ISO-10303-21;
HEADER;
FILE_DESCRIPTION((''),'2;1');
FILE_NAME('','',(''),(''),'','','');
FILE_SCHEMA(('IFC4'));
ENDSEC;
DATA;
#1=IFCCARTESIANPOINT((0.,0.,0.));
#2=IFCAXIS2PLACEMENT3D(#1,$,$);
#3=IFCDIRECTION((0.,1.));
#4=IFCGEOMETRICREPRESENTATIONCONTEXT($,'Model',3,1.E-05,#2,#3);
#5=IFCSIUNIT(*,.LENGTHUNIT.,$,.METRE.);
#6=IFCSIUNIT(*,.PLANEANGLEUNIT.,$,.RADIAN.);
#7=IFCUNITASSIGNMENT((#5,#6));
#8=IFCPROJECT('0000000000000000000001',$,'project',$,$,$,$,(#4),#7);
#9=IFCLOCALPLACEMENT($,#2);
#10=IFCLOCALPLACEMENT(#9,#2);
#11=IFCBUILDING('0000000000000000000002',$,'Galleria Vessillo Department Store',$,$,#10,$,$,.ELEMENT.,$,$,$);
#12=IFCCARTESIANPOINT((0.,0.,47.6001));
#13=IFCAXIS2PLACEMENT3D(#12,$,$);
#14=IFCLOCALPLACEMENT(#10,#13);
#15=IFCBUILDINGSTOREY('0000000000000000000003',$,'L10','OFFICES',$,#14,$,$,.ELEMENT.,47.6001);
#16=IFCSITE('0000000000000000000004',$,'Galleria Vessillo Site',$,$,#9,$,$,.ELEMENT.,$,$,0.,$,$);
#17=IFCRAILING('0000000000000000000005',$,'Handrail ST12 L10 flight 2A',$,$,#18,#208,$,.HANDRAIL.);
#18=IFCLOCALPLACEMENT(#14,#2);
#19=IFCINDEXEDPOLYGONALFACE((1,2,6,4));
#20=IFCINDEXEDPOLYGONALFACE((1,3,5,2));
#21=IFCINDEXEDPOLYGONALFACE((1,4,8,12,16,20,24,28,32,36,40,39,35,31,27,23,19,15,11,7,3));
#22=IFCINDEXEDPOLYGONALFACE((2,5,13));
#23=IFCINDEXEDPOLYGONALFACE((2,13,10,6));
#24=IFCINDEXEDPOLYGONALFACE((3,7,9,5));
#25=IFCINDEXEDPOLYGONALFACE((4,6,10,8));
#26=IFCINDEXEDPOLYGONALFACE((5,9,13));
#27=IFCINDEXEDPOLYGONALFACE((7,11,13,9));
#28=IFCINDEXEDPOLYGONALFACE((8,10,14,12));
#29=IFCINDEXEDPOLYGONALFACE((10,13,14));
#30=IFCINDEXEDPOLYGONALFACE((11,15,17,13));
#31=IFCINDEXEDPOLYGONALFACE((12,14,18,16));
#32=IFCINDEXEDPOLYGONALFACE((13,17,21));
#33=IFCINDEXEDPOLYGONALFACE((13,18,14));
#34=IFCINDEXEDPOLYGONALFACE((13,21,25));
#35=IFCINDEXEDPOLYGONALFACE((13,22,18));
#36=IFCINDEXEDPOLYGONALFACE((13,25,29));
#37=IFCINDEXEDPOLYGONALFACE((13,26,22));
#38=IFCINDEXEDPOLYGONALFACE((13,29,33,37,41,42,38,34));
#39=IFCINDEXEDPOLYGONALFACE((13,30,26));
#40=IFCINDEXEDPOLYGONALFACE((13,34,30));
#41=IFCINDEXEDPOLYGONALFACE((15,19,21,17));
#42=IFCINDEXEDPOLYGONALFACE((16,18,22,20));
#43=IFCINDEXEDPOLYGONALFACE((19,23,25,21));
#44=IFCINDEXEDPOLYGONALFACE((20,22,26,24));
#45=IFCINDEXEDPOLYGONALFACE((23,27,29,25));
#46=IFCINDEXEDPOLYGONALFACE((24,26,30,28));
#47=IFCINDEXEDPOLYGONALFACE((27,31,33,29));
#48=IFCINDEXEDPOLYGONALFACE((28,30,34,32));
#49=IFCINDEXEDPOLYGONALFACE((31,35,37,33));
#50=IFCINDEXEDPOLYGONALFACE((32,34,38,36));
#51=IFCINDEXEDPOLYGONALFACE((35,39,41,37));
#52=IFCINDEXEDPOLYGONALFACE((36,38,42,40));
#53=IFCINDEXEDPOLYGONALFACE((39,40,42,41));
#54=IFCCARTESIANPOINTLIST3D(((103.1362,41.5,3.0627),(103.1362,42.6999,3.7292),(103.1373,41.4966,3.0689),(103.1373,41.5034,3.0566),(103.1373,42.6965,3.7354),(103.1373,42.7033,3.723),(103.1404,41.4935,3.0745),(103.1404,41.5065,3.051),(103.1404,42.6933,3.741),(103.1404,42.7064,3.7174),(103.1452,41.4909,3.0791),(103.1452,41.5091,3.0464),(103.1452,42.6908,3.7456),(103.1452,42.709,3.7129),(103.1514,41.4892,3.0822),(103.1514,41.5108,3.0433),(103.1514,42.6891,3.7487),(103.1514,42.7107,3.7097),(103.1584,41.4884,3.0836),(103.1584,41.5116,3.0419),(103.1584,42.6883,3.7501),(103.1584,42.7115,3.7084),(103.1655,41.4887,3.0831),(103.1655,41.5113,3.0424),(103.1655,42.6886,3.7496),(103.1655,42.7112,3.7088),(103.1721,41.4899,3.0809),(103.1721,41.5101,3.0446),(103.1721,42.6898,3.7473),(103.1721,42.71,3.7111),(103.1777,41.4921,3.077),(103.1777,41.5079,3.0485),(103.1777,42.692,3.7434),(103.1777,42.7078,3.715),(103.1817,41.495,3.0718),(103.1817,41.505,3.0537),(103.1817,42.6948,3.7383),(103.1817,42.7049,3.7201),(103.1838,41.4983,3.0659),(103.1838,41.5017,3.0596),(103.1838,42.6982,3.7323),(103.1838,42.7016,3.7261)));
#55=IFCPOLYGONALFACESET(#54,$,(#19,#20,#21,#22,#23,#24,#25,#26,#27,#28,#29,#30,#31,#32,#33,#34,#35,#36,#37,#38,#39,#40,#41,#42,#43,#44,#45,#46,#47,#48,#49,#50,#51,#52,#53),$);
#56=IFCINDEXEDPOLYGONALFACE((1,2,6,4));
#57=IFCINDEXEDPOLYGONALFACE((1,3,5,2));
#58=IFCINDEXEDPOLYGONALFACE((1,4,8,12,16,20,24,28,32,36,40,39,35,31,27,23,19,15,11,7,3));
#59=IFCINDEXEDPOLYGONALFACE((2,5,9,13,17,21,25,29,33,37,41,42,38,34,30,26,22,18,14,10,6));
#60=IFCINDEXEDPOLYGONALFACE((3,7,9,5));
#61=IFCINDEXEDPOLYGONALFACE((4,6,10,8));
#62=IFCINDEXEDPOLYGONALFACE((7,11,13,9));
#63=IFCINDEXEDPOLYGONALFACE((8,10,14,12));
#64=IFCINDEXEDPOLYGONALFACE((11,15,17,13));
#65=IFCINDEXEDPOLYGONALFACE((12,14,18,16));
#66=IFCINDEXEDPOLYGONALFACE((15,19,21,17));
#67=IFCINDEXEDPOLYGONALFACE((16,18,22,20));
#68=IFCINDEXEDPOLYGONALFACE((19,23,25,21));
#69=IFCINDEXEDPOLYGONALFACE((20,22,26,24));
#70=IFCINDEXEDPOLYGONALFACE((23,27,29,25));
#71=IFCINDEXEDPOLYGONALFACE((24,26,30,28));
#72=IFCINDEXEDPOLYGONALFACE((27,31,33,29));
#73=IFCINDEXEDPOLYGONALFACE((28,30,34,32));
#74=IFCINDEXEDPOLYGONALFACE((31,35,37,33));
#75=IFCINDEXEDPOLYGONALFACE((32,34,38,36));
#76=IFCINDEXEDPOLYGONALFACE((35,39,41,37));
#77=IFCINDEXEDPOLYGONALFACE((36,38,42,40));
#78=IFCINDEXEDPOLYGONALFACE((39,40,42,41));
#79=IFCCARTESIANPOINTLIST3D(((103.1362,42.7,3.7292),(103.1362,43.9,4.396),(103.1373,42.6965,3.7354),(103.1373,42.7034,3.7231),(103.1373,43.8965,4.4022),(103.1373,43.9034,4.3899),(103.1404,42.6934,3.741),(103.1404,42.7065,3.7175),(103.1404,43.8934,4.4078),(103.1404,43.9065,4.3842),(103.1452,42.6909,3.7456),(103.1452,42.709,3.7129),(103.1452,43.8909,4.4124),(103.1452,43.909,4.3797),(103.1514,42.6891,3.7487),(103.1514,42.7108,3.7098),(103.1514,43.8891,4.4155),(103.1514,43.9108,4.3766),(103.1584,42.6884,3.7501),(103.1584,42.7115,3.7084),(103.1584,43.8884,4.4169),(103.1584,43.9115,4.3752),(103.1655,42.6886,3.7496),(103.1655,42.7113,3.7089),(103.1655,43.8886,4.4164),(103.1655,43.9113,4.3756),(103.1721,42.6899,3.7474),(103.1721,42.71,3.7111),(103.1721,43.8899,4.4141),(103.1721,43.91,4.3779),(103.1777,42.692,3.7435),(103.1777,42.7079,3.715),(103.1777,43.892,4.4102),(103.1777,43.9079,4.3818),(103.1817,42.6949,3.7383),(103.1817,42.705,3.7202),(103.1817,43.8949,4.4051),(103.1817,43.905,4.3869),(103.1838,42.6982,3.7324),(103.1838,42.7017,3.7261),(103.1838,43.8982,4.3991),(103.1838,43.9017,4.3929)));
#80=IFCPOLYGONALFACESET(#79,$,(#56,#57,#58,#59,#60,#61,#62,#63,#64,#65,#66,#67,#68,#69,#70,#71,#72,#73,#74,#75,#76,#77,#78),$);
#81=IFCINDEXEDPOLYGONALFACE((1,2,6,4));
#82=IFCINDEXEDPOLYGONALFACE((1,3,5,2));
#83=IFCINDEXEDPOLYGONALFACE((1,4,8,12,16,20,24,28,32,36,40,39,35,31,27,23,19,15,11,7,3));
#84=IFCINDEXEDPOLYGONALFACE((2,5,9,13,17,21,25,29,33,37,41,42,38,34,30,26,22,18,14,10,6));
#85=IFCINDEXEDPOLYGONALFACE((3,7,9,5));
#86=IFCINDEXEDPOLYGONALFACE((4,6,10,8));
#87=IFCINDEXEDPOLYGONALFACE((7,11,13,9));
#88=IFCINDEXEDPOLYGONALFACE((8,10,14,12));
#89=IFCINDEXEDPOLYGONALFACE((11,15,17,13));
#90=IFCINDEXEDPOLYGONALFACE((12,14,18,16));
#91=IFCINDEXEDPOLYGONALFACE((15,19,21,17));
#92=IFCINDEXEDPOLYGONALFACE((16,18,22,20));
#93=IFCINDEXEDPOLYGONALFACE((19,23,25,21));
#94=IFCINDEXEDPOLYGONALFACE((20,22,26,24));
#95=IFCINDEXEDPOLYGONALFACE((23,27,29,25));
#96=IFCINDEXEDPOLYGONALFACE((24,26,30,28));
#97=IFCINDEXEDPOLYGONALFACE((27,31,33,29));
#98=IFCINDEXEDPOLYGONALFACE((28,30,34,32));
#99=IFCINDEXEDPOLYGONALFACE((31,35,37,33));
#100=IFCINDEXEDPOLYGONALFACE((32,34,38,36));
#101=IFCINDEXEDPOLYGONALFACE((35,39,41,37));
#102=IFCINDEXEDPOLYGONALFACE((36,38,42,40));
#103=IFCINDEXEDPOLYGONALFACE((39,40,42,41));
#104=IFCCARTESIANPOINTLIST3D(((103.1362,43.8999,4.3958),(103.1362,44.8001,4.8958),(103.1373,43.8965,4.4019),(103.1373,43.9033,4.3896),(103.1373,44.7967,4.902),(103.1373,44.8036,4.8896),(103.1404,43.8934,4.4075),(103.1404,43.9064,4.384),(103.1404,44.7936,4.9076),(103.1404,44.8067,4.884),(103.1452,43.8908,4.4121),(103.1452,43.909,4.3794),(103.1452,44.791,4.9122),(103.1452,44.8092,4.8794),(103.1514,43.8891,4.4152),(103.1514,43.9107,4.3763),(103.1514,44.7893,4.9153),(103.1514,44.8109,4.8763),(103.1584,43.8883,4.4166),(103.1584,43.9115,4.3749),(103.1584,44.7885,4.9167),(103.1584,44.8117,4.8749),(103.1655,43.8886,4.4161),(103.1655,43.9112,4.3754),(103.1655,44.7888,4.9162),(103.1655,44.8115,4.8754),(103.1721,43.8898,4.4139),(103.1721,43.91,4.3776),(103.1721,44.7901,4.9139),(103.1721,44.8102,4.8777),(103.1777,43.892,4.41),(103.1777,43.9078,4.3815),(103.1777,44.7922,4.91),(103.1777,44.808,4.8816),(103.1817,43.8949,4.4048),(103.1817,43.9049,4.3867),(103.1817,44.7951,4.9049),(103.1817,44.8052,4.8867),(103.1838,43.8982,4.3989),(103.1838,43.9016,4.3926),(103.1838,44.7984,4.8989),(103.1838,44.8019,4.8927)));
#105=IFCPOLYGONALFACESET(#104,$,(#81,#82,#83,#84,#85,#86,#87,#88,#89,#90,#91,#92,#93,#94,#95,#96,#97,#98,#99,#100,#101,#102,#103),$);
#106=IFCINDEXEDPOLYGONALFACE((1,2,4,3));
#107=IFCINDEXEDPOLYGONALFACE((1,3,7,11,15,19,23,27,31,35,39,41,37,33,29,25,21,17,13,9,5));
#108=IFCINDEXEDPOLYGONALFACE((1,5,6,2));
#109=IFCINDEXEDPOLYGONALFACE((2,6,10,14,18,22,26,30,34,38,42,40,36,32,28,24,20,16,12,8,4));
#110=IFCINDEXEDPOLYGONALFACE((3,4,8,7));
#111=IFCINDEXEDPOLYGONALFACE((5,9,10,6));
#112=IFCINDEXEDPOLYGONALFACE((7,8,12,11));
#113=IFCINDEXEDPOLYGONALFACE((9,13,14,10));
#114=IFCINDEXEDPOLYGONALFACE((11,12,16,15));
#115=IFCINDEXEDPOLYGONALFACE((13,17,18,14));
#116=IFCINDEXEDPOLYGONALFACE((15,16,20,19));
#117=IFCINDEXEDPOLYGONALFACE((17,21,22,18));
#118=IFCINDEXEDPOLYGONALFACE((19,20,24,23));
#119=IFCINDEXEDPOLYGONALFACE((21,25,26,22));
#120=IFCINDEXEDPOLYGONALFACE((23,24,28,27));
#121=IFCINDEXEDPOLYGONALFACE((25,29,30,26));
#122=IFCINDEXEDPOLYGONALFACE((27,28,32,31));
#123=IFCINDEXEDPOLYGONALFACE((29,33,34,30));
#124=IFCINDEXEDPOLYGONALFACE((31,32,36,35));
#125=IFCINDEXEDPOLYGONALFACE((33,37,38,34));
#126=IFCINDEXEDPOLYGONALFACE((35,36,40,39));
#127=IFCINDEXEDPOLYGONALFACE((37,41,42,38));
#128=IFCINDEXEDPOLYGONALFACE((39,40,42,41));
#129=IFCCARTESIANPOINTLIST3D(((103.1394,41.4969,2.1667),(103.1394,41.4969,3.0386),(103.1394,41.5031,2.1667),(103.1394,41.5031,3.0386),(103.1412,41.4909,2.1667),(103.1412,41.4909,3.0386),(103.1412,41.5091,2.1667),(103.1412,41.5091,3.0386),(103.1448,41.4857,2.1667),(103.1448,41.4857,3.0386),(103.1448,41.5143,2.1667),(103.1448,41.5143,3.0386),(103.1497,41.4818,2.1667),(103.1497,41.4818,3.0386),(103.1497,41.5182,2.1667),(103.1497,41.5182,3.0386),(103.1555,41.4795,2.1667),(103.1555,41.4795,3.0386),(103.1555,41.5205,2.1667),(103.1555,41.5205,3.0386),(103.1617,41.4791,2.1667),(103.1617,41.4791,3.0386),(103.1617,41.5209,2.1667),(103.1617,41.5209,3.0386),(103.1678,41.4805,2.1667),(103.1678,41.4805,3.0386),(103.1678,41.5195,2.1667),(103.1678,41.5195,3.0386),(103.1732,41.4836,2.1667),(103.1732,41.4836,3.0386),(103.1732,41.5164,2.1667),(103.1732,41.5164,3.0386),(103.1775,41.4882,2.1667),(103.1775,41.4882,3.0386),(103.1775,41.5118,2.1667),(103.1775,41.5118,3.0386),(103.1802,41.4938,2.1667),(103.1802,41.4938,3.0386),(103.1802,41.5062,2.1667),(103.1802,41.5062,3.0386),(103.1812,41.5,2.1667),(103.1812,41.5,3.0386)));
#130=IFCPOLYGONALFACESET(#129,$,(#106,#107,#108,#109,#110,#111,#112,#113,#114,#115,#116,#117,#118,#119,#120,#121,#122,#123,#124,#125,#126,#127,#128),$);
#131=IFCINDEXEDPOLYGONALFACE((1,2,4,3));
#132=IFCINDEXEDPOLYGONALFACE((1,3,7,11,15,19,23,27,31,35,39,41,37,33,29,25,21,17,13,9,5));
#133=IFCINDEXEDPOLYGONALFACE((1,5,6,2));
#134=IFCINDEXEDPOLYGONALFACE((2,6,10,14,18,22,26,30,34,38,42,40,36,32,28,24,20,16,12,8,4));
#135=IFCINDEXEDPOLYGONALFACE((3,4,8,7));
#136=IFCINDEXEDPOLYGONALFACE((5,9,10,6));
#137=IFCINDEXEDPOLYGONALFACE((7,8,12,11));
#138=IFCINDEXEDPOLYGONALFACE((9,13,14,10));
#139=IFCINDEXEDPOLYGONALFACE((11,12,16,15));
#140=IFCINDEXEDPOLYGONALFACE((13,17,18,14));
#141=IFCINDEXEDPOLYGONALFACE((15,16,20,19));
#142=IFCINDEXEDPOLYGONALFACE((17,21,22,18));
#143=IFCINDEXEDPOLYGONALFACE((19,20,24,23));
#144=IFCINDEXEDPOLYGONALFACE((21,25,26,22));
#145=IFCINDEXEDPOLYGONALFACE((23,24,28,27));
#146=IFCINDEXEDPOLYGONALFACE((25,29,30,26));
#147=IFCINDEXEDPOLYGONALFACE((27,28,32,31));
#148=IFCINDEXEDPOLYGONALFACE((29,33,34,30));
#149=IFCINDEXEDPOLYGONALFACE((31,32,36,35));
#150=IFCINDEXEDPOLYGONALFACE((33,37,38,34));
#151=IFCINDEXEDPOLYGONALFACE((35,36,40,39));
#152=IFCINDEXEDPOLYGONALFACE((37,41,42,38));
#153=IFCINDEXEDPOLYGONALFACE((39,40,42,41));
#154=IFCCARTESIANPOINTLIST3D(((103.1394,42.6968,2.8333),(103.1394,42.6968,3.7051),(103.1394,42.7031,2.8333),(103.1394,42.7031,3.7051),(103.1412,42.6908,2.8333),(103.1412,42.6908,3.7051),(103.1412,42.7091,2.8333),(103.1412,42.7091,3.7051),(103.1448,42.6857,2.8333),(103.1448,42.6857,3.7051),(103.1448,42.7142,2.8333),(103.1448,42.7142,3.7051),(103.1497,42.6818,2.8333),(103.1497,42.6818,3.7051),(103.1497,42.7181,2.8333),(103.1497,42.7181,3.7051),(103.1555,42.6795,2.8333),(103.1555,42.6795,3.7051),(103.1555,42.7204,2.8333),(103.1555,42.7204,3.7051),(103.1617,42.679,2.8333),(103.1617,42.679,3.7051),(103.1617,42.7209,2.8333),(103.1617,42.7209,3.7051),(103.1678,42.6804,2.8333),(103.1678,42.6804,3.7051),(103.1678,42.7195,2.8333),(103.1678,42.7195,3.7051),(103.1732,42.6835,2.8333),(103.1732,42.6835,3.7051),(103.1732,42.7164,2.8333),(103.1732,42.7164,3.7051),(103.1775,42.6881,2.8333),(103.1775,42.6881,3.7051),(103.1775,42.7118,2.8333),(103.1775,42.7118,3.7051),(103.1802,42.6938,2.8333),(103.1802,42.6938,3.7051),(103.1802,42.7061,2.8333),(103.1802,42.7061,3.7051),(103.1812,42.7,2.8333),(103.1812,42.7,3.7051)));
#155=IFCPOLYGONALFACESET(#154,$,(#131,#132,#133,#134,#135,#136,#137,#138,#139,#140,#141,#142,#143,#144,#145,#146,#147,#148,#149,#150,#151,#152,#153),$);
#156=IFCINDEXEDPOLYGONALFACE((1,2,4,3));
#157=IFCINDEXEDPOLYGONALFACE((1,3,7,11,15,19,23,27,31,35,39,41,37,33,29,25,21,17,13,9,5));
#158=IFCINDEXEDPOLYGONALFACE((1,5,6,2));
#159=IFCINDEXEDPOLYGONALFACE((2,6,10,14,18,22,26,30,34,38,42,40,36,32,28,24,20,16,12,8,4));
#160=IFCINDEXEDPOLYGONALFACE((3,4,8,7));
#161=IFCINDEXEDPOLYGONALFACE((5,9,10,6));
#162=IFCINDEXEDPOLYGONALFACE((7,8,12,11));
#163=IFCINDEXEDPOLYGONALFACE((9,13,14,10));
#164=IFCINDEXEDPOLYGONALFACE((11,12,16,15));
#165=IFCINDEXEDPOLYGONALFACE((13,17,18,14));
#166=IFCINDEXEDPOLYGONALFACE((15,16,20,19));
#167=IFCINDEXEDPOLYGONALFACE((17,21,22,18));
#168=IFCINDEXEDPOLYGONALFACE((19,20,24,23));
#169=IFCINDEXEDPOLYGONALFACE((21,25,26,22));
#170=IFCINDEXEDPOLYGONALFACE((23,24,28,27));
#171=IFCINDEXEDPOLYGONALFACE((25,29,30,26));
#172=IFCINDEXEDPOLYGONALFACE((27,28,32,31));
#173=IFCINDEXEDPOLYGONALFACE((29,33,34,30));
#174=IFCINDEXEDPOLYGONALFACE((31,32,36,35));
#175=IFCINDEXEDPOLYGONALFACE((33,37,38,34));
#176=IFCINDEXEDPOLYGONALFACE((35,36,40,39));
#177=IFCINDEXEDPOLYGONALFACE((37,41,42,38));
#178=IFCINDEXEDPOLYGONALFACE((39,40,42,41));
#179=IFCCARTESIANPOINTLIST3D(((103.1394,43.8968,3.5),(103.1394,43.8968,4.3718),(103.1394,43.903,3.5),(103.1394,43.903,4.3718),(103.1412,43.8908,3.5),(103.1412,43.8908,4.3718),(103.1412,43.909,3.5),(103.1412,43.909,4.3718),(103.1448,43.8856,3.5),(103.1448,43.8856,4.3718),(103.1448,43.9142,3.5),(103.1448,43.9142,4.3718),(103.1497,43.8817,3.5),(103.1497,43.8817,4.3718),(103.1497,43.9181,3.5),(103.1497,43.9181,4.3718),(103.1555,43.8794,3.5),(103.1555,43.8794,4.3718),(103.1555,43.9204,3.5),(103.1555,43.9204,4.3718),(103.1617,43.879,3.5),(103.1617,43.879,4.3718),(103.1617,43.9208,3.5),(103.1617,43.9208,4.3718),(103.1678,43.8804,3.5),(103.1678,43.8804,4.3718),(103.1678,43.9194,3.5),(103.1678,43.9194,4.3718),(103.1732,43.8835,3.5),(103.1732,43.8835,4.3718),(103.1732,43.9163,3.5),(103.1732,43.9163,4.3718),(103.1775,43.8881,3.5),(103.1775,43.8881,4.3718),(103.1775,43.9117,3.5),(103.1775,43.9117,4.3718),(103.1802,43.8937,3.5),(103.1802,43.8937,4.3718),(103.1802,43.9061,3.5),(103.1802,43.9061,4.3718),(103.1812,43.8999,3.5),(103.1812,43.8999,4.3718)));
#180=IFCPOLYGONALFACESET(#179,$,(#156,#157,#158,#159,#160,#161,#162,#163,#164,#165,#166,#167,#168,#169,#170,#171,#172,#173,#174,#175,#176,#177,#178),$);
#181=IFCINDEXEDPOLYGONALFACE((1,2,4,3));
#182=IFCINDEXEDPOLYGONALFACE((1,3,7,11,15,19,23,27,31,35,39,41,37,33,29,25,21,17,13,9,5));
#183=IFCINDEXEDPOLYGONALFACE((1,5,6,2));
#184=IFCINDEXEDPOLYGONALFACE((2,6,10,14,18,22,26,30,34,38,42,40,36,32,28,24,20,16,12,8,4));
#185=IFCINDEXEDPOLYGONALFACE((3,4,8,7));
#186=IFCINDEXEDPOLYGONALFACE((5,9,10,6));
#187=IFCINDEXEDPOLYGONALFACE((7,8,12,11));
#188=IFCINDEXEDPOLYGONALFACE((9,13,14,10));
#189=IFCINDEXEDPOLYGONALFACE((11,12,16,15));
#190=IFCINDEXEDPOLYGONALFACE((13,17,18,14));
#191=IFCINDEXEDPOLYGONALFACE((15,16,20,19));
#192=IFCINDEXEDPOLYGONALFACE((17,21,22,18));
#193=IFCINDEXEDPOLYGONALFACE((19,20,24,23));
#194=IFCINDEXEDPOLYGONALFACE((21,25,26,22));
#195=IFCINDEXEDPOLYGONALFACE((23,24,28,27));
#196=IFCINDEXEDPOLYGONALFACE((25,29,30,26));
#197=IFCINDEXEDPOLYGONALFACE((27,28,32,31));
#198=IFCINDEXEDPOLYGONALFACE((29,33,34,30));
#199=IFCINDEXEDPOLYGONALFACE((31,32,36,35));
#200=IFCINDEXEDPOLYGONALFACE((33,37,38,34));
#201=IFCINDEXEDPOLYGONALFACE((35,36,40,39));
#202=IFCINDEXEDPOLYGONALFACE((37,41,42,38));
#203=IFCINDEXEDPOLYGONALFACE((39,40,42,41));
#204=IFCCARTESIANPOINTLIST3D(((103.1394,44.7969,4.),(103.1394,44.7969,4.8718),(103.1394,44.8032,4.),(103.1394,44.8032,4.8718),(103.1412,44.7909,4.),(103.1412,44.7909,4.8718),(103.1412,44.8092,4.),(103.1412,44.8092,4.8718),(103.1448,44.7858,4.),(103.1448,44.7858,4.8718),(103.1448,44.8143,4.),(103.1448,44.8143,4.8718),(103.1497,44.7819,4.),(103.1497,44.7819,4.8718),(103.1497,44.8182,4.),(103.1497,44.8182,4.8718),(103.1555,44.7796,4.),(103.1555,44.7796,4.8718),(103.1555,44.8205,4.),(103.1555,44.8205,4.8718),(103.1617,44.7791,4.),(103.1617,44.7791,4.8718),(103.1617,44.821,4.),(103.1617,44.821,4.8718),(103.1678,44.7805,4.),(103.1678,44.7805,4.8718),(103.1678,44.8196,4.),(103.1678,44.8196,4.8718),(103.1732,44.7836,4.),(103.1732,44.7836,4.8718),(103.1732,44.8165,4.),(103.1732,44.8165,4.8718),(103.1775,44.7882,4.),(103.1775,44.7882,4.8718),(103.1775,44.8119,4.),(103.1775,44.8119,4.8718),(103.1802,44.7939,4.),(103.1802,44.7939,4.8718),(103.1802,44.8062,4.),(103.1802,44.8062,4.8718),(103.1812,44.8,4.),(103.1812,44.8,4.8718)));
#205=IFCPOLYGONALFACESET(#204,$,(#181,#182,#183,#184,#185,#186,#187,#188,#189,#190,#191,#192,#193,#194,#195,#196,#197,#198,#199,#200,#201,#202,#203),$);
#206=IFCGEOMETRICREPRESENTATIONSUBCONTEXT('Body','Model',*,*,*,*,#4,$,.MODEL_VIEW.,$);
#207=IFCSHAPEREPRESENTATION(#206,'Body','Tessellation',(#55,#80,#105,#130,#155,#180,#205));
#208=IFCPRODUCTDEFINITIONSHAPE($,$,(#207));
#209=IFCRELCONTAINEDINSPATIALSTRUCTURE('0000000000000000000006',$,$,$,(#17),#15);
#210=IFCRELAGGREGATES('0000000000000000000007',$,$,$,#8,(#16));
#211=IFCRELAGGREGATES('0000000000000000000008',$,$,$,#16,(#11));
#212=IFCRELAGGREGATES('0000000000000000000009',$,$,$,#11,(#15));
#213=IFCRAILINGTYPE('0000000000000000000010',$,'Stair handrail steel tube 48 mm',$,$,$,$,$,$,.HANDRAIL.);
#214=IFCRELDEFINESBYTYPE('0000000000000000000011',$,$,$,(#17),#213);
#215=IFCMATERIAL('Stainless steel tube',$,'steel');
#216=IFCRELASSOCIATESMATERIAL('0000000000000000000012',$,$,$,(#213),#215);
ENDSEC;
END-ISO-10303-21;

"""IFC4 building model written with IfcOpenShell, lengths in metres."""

from ifc_helpers import new_model, si_unit, direction, frame, origin, origin_2d, place, context, subcontext, project, spatial, circle, extrude, material, type_object, element, save


model = new_model("IFC4")

# Units and contexts
model_context = context("Model", 3, precision=1e-05, world=origin(), true_north=direction((0.0, 1.0)))
body_context = subcontext(model_context, "Body", "Model", "MODEL_VIEW")
ifc_project = project(units=[si_unit("LENGTHUNIT", "METRE"), si_unit("PLANEANGLEUNIT", "RADIAN")], contexts=[model_context])

# Site, building, storey
site_placement = place(None, origin())
site = spatial("IfcSite", under=ifc_project, at=site_placement, Name="Galleria Vessillo Site", CompositionType="ELEMENT", RefElevation=0.0)
building_placement = place(site_placement, origin())
building = spatial("IfcBuilding", under=site, at=building_placement, Name="Galleria Vessillo Department Store", CompositionType="ELEMENT")
storey_placement = place(building_placement, frame((0.0, 0.0, 47.6001)))
storey = spatial("IfcBuildingStorey", under=building, at=storey_placement, Name="L10", Description="OFFICES", CompositionType="ELEMENT", Elevation=47.6001)

# Railing
ifc_material_1 = material(Name="Stainless steel tube", Category="steel")
railing_type = type_object("IfcRailingType", Name="Stair handrail steel tube 48 mm", PredefinedType="HANDRAIL", material=ifc_material_1)
railing_placement = place(storey_placement, frame((103.1602, 41.5, 2.1667)))
element("IfcRailing", 1, at=railing_placement, inside=storey, type_object=railing_type, Name="Handrail ST12 L10 flight 2A", PredefinedType="HANDRAIL", context=body_context, shape_type="SweptSolid", body=[
    extrude(circle(Radius=0.0239, at=origin_2d()), frame((0.0, 0.0, 0.896), z_axis=(0.0, 0.874199, 0.485567), x_axis=(-1.0, 0.0, 0.0)), (0.0, 0.0, 1.0), 1.3726),
    extrude(circle(Radius=0.0239, at=origin_2d()), frame((0.0, 1.2, 1.5625), z_axis=(0.0, 0.874124, 0.485703), x_axis=(-1.0, 0.0, 0.0)), (0.0, 0.0, 1.0), 1.3728),
    extrude(circle(Radius=0.0239, at=origin_2d()), frame((0.0, 2.3999, 2.229), z_axis=(0.0, 0.874191, 0.485583), x_axis=(-1.0, 0.0, 0.0)), (0.0, 0.0, 1.0), 1.0298),
    extrude(circle(Radius=0.021, at=origin_2d()), origin(), (0.0, 0.0, 1.0), 0.8718),
    extrude(circle(Radius=0.021, at=origin_2d()), frame((0.0, 1.2, 0.6665)), (0.0, 0.0, 1.0), 0.8718),
    extrude(circle(Radius=0.021, at=origin_2d()), frame((0.0, 2.3999, 1.3333)), (0.0, 0.0, 1.0), 0.8718),
    extrude(circle(Radius=0.021, at=origin_2d()), frame((0.0, 3.3, 1.8333)), (0.0, 0.0, 1.0), 0.8718),
])

save(model, "model.ifc")
